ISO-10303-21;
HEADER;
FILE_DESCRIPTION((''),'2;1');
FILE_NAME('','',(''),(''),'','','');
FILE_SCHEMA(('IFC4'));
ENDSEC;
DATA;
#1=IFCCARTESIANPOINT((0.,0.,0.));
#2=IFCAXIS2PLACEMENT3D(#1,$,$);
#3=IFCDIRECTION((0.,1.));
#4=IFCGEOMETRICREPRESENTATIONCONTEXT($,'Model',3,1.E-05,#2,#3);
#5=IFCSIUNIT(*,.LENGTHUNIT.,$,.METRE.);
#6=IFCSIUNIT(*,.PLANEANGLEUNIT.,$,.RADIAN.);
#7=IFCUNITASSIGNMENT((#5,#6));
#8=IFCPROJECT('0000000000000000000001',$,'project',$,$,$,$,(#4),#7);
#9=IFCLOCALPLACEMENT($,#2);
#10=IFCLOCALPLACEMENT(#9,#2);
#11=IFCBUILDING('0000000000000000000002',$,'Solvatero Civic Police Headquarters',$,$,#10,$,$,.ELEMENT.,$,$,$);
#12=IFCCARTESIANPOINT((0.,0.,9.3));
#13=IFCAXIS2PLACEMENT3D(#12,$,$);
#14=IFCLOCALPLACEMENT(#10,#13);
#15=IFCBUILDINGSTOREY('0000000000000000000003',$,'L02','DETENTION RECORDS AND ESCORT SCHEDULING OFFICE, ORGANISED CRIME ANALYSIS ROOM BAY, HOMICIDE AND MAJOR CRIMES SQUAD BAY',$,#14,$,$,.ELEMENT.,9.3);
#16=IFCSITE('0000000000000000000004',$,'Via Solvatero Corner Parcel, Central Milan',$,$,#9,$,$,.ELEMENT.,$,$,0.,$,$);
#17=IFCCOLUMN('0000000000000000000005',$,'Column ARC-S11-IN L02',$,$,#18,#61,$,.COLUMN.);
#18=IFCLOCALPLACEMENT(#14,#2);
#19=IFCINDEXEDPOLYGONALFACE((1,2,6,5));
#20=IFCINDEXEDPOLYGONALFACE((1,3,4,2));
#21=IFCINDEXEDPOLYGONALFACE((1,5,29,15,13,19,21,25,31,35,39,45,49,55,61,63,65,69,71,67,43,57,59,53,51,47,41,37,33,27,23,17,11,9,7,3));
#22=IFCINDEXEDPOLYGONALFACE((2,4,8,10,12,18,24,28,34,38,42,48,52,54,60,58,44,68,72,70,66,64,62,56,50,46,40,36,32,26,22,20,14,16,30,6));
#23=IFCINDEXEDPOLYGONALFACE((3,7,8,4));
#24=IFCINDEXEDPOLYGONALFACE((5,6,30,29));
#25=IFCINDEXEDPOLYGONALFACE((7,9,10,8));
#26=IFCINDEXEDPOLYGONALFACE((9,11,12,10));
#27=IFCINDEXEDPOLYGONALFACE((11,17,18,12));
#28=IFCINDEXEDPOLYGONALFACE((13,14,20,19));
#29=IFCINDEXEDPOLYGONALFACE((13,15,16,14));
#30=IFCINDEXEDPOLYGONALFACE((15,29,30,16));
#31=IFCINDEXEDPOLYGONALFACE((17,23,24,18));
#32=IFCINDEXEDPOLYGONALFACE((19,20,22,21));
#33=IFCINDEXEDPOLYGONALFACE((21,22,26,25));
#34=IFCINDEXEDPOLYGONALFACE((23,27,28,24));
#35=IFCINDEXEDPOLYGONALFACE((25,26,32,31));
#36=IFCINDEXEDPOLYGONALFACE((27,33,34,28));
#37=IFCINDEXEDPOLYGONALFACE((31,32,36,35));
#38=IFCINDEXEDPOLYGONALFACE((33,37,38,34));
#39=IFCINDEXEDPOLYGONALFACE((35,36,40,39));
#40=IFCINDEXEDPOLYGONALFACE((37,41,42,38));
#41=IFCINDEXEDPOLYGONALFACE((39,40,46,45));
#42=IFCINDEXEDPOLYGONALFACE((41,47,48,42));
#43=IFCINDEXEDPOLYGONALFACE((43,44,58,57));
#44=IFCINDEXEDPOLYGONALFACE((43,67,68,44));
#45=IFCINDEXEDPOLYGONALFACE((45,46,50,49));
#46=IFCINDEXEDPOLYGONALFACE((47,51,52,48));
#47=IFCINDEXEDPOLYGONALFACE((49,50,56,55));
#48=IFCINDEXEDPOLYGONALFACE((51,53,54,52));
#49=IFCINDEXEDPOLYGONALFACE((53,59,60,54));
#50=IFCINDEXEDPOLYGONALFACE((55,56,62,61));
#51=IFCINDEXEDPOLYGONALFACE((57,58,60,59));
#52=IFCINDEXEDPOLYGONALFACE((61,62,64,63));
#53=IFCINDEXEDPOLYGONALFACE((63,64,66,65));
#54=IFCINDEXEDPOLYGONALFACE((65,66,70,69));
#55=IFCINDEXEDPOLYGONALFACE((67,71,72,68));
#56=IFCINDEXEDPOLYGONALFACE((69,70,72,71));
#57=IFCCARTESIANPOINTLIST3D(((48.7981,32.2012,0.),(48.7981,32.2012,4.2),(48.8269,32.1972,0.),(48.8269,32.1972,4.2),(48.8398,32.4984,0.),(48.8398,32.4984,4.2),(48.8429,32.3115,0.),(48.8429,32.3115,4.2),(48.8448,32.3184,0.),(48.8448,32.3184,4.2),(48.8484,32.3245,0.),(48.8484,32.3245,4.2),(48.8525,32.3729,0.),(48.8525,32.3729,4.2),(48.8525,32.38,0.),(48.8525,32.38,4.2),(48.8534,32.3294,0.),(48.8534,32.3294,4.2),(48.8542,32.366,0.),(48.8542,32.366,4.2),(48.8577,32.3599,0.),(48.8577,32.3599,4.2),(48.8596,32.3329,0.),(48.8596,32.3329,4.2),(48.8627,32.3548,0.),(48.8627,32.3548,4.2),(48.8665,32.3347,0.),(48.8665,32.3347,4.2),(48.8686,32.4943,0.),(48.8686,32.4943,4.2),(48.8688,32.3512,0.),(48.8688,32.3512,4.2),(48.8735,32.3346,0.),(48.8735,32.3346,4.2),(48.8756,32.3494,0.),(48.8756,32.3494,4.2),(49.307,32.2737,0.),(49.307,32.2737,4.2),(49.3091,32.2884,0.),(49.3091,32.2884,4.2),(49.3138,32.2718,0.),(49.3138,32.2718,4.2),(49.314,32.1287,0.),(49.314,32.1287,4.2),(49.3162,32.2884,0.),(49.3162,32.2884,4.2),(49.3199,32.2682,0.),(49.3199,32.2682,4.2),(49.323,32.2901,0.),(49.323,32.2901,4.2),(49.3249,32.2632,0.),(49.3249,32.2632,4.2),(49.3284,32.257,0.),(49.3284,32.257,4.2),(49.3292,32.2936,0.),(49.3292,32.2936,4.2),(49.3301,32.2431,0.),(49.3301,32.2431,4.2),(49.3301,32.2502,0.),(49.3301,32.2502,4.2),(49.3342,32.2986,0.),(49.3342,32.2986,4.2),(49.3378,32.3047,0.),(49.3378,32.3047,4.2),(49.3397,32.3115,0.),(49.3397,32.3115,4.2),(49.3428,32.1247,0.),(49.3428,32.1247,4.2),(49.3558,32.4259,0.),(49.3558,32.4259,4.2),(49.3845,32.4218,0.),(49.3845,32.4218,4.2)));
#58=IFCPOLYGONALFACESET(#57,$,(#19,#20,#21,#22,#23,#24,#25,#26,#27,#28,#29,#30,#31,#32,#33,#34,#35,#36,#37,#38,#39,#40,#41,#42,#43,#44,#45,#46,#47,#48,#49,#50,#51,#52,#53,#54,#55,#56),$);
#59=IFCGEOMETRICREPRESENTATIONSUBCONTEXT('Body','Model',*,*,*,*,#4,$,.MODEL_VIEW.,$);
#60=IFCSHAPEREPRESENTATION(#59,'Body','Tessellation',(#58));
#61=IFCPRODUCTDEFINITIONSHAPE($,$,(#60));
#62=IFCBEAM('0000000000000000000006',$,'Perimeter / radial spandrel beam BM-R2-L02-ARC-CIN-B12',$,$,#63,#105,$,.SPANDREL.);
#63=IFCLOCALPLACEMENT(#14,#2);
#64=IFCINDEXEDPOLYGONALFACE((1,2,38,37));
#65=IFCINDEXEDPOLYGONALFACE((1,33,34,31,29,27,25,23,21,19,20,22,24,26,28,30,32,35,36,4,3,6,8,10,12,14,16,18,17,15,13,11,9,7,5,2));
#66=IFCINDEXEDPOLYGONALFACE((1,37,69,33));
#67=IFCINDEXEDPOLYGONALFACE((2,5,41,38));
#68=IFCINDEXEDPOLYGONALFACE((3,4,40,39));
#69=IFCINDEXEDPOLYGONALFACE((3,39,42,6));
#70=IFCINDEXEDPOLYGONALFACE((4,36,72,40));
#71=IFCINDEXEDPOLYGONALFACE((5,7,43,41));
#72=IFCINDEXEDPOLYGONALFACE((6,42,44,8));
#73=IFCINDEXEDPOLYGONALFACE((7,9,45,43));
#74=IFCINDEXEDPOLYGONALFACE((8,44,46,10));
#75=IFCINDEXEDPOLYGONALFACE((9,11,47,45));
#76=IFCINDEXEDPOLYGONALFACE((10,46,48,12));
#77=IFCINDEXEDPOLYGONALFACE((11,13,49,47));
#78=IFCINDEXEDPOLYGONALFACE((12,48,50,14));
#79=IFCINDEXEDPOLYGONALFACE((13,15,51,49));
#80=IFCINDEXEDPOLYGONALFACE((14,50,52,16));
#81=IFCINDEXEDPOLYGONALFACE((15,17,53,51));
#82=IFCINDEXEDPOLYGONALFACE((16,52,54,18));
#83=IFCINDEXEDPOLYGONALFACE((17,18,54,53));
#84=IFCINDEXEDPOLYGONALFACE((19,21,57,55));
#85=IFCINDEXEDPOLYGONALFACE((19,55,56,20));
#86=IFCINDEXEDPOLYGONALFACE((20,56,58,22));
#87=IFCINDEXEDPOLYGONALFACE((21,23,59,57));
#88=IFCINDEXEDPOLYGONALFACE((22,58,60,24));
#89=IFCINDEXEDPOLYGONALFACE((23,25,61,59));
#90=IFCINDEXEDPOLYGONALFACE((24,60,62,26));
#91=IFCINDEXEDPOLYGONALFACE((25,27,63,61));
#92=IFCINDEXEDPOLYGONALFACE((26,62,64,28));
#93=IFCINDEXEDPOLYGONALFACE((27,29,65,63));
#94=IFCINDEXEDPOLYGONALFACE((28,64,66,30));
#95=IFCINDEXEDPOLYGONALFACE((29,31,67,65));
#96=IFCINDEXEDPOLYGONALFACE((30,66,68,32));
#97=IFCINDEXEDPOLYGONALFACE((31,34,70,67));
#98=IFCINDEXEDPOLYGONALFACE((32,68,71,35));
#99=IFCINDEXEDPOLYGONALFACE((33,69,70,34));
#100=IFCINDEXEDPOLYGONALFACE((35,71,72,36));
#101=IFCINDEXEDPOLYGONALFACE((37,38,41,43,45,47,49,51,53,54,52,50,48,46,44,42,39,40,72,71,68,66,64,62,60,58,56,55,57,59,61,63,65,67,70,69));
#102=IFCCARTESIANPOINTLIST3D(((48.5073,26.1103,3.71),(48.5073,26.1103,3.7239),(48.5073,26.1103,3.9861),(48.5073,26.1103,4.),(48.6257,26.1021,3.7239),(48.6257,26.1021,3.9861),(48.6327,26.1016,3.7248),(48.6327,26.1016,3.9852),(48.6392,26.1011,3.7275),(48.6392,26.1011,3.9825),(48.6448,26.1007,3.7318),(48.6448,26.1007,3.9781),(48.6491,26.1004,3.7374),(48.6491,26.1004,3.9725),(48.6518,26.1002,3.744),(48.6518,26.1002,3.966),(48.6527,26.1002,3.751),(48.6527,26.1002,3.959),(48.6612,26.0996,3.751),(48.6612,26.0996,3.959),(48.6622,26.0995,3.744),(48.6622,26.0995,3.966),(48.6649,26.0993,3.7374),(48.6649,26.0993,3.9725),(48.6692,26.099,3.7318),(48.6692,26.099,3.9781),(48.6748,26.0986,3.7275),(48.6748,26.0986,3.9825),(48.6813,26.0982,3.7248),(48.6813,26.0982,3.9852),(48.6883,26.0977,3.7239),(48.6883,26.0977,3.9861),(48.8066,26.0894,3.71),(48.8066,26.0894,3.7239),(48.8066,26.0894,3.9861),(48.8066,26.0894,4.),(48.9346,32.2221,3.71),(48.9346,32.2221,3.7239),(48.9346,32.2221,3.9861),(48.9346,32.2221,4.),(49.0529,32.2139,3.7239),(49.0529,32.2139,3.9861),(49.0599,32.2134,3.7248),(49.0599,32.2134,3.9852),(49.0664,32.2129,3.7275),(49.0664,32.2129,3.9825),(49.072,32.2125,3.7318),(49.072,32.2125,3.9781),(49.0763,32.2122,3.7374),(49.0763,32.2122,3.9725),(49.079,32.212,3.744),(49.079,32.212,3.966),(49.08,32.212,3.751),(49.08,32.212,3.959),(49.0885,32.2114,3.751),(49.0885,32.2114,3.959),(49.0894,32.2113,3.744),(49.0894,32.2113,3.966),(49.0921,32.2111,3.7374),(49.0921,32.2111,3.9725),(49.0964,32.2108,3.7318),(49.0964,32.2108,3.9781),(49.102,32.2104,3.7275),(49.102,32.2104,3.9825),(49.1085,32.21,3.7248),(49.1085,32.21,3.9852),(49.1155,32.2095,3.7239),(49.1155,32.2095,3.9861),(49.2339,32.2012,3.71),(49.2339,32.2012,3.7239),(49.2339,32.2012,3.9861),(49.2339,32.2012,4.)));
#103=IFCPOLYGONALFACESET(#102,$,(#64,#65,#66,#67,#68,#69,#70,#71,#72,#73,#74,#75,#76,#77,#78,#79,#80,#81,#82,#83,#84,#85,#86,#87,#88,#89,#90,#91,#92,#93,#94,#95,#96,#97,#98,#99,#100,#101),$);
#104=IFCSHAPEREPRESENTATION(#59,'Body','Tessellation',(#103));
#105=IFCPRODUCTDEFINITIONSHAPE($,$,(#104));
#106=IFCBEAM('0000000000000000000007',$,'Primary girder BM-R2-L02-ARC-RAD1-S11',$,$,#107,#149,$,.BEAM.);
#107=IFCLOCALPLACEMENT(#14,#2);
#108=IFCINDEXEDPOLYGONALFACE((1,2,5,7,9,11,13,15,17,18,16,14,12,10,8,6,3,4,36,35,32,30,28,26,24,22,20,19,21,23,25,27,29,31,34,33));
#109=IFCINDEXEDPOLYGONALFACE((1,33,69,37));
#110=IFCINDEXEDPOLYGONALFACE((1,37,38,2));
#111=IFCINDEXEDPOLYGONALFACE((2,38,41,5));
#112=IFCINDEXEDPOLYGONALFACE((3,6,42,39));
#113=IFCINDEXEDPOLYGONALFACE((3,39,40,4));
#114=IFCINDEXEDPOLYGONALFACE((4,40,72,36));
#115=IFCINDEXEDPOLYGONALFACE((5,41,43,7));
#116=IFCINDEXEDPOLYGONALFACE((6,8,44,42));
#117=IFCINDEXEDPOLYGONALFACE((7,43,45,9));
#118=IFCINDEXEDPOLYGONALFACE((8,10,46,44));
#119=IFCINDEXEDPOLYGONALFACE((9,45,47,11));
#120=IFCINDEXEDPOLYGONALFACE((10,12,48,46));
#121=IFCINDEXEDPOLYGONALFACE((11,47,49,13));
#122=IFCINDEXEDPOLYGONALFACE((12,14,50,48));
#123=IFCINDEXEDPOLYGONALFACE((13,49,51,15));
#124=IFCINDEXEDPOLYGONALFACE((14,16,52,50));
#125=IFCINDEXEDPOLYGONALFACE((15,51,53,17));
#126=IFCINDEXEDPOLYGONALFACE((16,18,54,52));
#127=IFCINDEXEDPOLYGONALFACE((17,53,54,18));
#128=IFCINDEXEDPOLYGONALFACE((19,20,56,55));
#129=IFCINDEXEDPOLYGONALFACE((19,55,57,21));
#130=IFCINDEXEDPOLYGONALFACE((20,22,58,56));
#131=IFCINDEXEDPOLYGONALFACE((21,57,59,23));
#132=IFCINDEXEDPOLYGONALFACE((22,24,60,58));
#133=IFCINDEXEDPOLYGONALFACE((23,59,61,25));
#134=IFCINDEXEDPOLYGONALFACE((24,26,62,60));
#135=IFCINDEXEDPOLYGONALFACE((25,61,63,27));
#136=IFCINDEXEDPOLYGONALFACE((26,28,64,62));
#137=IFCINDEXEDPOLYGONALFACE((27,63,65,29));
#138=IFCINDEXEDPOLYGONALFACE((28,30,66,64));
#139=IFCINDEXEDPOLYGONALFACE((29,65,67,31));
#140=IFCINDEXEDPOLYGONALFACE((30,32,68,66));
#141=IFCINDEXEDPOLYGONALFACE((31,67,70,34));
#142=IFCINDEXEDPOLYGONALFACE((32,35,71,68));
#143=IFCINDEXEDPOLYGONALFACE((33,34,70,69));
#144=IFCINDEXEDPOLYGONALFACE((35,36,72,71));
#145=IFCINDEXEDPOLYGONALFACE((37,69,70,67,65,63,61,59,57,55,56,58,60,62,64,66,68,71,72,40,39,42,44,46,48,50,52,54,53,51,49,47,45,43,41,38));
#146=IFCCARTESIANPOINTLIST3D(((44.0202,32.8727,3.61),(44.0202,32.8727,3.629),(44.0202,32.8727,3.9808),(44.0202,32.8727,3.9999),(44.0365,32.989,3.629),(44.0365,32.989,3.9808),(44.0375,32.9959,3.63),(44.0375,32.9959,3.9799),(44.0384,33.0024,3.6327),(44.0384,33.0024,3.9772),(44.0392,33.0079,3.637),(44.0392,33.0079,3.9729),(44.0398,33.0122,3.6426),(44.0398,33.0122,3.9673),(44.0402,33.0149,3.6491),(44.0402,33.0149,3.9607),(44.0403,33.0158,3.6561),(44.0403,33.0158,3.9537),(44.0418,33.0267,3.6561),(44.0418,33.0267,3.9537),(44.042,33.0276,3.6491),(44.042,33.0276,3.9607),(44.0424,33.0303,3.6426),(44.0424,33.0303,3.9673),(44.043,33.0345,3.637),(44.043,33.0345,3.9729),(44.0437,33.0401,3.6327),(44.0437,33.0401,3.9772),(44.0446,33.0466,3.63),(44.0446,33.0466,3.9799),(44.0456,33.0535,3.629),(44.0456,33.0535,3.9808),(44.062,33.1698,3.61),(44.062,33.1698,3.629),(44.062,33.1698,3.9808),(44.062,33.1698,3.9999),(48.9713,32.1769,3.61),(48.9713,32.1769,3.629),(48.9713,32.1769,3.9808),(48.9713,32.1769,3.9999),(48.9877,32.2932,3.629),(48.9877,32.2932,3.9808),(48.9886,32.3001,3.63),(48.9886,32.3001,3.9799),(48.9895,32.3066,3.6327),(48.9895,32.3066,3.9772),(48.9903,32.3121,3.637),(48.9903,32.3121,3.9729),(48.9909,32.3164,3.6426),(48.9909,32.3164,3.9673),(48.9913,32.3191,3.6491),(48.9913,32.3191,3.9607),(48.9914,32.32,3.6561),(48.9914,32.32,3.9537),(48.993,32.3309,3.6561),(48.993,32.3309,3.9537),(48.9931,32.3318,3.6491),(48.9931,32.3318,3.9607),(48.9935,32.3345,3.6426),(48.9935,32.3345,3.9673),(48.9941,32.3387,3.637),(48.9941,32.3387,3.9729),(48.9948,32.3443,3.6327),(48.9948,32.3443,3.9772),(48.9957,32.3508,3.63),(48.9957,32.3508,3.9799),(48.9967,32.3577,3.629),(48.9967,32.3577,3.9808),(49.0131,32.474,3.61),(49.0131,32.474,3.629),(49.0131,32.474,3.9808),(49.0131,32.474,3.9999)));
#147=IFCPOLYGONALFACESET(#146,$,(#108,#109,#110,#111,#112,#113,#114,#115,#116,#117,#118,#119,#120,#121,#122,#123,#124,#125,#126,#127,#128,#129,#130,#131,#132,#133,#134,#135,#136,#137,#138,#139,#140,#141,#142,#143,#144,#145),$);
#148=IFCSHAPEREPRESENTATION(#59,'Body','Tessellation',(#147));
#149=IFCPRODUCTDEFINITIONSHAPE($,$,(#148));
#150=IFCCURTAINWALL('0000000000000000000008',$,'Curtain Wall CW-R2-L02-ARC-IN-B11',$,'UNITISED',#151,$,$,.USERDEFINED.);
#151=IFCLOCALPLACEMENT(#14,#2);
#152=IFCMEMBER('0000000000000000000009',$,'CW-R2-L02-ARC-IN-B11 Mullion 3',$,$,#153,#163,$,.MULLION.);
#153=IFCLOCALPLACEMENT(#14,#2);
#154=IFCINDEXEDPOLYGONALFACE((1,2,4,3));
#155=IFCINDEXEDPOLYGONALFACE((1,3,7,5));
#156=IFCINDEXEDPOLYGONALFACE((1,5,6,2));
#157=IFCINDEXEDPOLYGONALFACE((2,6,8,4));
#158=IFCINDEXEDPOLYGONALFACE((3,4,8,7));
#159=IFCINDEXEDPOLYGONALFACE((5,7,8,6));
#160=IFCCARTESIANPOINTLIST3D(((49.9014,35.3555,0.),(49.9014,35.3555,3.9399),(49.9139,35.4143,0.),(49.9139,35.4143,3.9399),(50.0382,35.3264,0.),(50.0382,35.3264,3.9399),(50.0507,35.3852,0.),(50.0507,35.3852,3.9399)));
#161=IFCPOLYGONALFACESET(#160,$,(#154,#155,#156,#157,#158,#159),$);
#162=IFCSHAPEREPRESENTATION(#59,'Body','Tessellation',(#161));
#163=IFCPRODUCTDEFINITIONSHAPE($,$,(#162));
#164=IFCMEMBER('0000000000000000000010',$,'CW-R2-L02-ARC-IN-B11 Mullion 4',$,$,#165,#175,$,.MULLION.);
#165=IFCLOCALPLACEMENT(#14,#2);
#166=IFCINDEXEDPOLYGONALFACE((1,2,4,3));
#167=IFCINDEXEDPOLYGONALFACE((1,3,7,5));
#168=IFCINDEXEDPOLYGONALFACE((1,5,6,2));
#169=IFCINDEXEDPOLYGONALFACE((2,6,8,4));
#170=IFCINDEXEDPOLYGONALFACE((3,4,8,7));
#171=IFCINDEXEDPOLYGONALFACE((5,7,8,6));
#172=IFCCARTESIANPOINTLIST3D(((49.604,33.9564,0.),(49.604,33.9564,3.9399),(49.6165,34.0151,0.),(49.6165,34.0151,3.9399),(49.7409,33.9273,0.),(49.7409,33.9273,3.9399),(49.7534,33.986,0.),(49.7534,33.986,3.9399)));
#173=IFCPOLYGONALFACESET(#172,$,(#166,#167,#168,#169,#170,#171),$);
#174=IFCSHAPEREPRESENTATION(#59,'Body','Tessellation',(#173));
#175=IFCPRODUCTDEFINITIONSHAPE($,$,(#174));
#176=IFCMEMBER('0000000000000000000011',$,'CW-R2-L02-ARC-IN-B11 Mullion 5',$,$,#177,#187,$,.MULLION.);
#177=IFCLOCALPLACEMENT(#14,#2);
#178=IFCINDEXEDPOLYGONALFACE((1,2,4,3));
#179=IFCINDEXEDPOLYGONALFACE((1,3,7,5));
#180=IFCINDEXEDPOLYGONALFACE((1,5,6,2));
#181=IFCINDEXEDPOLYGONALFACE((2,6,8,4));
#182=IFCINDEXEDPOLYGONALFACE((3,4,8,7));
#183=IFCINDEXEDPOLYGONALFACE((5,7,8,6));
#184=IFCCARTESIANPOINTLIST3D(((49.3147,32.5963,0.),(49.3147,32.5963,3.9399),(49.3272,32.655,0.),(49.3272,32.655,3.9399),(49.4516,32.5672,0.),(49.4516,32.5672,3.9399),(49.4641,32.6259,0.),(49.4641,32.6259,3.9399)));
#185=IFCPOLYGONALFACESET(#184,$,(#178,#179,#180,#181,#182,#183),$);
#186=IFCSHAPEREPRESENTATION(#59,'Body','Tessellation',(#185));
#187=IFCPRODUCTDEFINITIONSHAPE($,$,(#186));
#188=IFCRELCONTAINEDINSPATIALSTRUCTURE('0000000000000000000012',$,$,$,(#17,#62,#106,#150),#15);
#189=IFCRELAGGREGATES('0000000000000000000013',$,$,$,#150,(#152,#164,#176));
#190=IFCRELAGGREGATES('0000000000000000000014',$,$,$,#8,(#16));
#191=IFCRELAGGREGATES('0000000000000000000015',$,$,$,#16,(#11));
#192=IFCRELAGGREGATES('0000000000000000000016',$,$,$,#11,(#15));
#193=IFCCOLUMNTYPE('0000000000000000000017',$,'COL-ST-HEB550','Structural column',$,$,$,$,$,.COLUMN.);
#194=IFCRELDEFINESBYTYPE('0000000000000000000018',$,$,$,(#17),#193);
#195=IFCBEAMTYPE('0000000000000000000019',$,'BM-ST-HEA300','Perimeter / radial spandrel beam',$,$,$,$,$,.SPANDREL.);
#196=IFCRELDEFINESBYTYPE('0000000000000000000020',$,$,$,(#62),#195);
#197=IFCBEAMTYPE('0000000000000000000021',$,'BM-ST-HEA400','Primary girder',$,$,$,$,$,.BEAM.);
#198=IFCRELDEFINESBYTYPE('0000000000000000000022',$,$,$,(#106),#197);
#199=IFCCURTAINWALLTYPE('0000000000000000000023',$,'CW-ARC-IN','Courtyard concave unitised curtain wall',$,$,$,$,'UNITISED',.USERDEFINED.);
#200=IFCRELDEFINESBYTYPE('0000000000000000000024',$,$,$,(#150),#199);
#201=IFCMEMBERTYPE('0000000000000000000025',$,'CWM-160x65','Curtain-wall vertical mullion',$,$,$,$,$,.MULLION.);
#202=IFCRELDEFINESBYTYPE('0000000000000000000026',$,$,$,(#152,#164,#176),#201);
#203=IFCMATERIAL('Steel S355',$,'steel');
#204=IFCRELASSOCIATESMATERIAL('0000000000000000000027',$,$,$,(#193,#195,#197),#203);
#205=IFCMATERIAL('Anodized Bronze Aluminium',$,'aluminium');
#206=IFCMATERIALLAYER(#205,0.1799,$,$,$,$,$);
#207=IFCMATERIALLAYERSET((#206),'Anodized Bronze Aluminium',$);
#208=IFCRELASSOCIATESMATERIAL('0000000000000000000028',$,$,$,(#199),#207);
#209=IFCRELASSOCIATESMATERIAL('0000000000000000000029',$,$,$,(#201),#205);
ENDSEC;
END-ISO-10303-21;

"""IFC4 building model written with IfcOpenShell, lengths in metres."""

from ifc_helpers import new_model, si_unit, direction, frame, origin, origin_2d, place, context, subcontext, project, spatial, rectangle, i_section, extrude, material, layer, layer_set, material_profile, profile_set, type_object, element, aggregate, save


model = new_model("IFC4")

# Units and contexts
model_context = context("Model", 3, precision=1e-05, world=origin(), true_north=direction((0.0, 1.0)))
body_context = subcontext(model_context, "Body", "Model", "MODEL_VIEW")
ifc_project = project(units=[si_unit("LENGTHUNIT", "METRE"), si_unit("PLANEANGLEUNIT", "RADIAN")], contexts=[model_context])

# Site, building, storey
site_placement = place(None, origin())
site = spatial("IfcSite", under=ifc_project, at=site_placement, Name="Via Solvatero Corner Parcel, Central Milan", CompositionType="ELEMENT", RefElevation=0.0)
building_placement = place(site_placement, origin())
building = spatial("IfcBuilding", under=site, at=building_placement, Name="Solvatero Civic Police Headquarters", CompositionType="ELEMENT")
storey_placement = place(building_placement, frame((0.0, 0.0, 9.3)))
storey = spatial("IfcBuildingStorey", under=building, at=storey_placement, Name="L02", Description="DETENTION RECORDS AND ESCORT SCHEDULING OFFICE, ORGANISED CRIME ANALYSIS ROOM BAY, HOMICIDE AND MAJOR CRIMES SQUAD BAY", CompositionType="ELEMENT", Elevation=9.3)

# Column
ifc_material_1 = material(Name="Steel S355", Category="steel")
ifc_material_profile_1 = material_profile(ifc_material_1, i_section(OverallWidth=0.3, OverallDepth=0.55, WebThickness=0.0149, FlangeThickness=0.0291, FilletRadius=0.0271, at=origin_2d()), Name="HEB 550")
ifc_profile_set_1 = profile_set([ifc_material_profile_1], Name="Steel S355")
column_type = type_object("IfcColumnType", Name="COL-ST-HEB550", Description="Structural column", PredefinedType="COLUMN", material=ifc_profile_set_1)
column_placement = place(storey_placement, frame((49.0913, 32.3115, 0.0), z_axis=(0.0, 0.0, 1.0), x_axis=(0.139173, 0.990268, 0.0)))
element("IfcColumn", 1, at=column_placement, inside=storey, type_object=column_type, Name="Column ARC-S11-IN L02", PredefinedType="COLUMN", context=body_context, shape_type="SweptSolid", body=[
    extrude(i_section(OverallWidth=0.3, OverallDepth=0.55, WebThickness=0.0149, FlangeThickness=0.0291, FilletRadius=0.0271, at=origin_2d()), origin(), (0.0, 0.0, 1.0), 4.2),
])

# Beams
ifc_material_profile_2 = material_profile(ifc_material_1, i_section(OverallWidth=0.3, OverallDepth=0.29, WebThickness=0.0085, FlangeThickness=0.0139, FilletRadius=0.0271, at=origin_2d()), Name="HEA 300")
ifc_profile_set_2 = profile_set([ifc_material_profile_2], Name="Steel S355")
beam_type_1 = type_object("IfcBeamType", Name="BM-ST-HEA300", Description="Perimeter / radial spandrel beam", PredefinedType="SPANDREL", material=ifc_profile_set_2)
beam_1_placement = place(storey_placement, frame((49.0842, 32.2117, 3.855), z_axis=(-0.069735, -0.997566, 0.0), x_axis=(0.997566, -0.069735, 0.0)))
element("IfcBeam", 2, at=beam_1_placement, inside=storey, type_object=beam_type_1, Name="Perimeter / radial spandrel beam BM-R2-L02-ARC-CIN-B12", PredefinedType="SPANDREL", context=body_context, shape_type="SweptSolid", body=[
    extrude(i_section(OverallWidth=0.3, OverallDepth=0.29, WebThickness=0.0085, FlangeThickness=0.0139, FilletRadius=0.0271, at=origin_2d()), origin(), (0.0, 0.0, 1.0), 6.1267),
])
ifc_material_profile_3 = material_profile(ifc_material_1, i_section(OverallWidth=0.3, OverallDepth=0.3899, WebThickness=0.011, FlangeThickness=0.019, FilletRadius=0.0271, at=origin_2d()), Name="HEA 400")
ifc_profile_set_3 = profile_set([ifc_material_profile_3], Name="Steel S355")
beam_type_2 = type_object("IfcBeamType", Name="BM-ST-HEA400", Description="Primary girder", PredefinedType="BEAM", material=ifc_profile_set_3)
beam_2_placement = place(storey_placement, frame((48.9922, 32.3254, 3.8049), z_axis=(-0.990269, 0.139165, 0.0), x_axis=(-0.139165, -0.990269, 0.0)))
element("IfcBeam", 3, at=beam_2_placement, inside=storey, type_object=beam_type_2, Name="Primary girder BM-R2-L02-ARC-RAD1-S11", PredefinedType="BEAM", context=body_context, shape_type="SweptSolid", body=[
    extrude(i_section(OverallWidth=0.3, OverallDepth=0.3899, WebThickness=0.011, FlangeThickness=0.019, FilletRadius=0.0271, at=origin_2d()), origin(), (0.0, 0.0, 1.0), 4.9998),
])

# Curtain wall, members
ifc_material_2 = material(Name="Anodized Bronze Aluminium", Category="aluminium")
ifc_layer_1 = layer(ifc_material_2, 0.1799)
ifc_layer_set_1 = layer_set([ifc_layer_1], Name="Anodized Bronze Aluminium")
curtain_wall_type = type_object("IfcCurtainWallType", Name="CW-ARC-IN", Description="Courtyard concave unitised curtain wall", ElementType="UNITISED", PredefinedType="USERDEFINED", material=ifc_layer_set_1)
curtain_wall_1_placement = place(storey_placement, origin())
curtain_wall_1 = element("IfcCurtainWall", 4, at=curtain_wall_1_placement, inside=storey, type_object=curtain_wall_type, Name="Curtain Wall CW-R2-L02-ARC-IN-B11", ObjectType="UNITISED", PredefinedType="USERDEFINED")
ifc_material_profile_4 = material_profile(ifc_material_2, rectangle(XDim=0.0601, YDim=0.1399, at=origin_2d()), Name="ALU MULLION 60x140")
ifc_profile_set_4 = profile_set([ifc_material_profile_4], Name="Anodized Bronze Aluminium")
member_type_1 = type_object("IfcMemberType", Name="CWM-160x65", Description="Curtain-wall vertical mullion", PredefinedType="MULLION", material=ifc_profile_set_4)
member_1_placement = place(storey_placement, frame((49.9761, 35.3704, 0.0), z_axis=(0.0, 0.0, 1.0), x_axis=(-0.207912, -0.978148, 0.0)))
member_1 = element("IfcMember", 5, at=member_1_placement, type_object=member_type_1, Name="CW-R2-L02-ARC-IN-B11 Mullion 3", PredefinedType="MULLION", context=body_context, shape_type="SweptSolid", body=[
    extrude(rectangle(XDim=0.0601, YDim=0.1399, at=origin_2d()), origin(), (0.0, 0.0, 1.0), 3.9399),
])
member_2_placement = place(storey_placement, frame((49.6787, 33.9712, 0.0), z_axis=(0.0, 0.0, 1.0), x_axis=(-0.207912, -0.978148, 0.0)))
member_2 = element("IfcMember", 6, at=member_2_placement, type_object=member_type_1, Name="CW-R2-L02-ARC-IN-B11 Mullion 4", PredefinedType="MULLION", context=body_context, shape_type="SweptSolid", body=[
    extrude(rectangle(XDim=0.0601, YDim=0.1399, at=origin_2d()), origin(), (0.0, 0.0, 1.0), 3.9399),
])
member_3_placement = place(storey_placement, frame((49.3894, 32.6111, 0.0), z_axis=(0.0, 0.0, 1.0), x_axis=(-0.207912, -0.978148, 0.0)))
member_3 = element("IfcMember", 7, at=member_3_placement, type_object=member_type_1, Name="CW-R2-L02-ARC-IN-B11 Mullion 5", PredefinedType="MULLION", context=body_context, shape_type="SweptSolid", body=[
    extrude(rectangle(XDim=0.0601, YDim=0.1399, at=origin_2d()), origin(), (0.0, 0.0, 1.0), 3.9399),
])

aggregate(curtain_wall_1, [member_1, member_2, member_3])

save(model, "model.ifc")
